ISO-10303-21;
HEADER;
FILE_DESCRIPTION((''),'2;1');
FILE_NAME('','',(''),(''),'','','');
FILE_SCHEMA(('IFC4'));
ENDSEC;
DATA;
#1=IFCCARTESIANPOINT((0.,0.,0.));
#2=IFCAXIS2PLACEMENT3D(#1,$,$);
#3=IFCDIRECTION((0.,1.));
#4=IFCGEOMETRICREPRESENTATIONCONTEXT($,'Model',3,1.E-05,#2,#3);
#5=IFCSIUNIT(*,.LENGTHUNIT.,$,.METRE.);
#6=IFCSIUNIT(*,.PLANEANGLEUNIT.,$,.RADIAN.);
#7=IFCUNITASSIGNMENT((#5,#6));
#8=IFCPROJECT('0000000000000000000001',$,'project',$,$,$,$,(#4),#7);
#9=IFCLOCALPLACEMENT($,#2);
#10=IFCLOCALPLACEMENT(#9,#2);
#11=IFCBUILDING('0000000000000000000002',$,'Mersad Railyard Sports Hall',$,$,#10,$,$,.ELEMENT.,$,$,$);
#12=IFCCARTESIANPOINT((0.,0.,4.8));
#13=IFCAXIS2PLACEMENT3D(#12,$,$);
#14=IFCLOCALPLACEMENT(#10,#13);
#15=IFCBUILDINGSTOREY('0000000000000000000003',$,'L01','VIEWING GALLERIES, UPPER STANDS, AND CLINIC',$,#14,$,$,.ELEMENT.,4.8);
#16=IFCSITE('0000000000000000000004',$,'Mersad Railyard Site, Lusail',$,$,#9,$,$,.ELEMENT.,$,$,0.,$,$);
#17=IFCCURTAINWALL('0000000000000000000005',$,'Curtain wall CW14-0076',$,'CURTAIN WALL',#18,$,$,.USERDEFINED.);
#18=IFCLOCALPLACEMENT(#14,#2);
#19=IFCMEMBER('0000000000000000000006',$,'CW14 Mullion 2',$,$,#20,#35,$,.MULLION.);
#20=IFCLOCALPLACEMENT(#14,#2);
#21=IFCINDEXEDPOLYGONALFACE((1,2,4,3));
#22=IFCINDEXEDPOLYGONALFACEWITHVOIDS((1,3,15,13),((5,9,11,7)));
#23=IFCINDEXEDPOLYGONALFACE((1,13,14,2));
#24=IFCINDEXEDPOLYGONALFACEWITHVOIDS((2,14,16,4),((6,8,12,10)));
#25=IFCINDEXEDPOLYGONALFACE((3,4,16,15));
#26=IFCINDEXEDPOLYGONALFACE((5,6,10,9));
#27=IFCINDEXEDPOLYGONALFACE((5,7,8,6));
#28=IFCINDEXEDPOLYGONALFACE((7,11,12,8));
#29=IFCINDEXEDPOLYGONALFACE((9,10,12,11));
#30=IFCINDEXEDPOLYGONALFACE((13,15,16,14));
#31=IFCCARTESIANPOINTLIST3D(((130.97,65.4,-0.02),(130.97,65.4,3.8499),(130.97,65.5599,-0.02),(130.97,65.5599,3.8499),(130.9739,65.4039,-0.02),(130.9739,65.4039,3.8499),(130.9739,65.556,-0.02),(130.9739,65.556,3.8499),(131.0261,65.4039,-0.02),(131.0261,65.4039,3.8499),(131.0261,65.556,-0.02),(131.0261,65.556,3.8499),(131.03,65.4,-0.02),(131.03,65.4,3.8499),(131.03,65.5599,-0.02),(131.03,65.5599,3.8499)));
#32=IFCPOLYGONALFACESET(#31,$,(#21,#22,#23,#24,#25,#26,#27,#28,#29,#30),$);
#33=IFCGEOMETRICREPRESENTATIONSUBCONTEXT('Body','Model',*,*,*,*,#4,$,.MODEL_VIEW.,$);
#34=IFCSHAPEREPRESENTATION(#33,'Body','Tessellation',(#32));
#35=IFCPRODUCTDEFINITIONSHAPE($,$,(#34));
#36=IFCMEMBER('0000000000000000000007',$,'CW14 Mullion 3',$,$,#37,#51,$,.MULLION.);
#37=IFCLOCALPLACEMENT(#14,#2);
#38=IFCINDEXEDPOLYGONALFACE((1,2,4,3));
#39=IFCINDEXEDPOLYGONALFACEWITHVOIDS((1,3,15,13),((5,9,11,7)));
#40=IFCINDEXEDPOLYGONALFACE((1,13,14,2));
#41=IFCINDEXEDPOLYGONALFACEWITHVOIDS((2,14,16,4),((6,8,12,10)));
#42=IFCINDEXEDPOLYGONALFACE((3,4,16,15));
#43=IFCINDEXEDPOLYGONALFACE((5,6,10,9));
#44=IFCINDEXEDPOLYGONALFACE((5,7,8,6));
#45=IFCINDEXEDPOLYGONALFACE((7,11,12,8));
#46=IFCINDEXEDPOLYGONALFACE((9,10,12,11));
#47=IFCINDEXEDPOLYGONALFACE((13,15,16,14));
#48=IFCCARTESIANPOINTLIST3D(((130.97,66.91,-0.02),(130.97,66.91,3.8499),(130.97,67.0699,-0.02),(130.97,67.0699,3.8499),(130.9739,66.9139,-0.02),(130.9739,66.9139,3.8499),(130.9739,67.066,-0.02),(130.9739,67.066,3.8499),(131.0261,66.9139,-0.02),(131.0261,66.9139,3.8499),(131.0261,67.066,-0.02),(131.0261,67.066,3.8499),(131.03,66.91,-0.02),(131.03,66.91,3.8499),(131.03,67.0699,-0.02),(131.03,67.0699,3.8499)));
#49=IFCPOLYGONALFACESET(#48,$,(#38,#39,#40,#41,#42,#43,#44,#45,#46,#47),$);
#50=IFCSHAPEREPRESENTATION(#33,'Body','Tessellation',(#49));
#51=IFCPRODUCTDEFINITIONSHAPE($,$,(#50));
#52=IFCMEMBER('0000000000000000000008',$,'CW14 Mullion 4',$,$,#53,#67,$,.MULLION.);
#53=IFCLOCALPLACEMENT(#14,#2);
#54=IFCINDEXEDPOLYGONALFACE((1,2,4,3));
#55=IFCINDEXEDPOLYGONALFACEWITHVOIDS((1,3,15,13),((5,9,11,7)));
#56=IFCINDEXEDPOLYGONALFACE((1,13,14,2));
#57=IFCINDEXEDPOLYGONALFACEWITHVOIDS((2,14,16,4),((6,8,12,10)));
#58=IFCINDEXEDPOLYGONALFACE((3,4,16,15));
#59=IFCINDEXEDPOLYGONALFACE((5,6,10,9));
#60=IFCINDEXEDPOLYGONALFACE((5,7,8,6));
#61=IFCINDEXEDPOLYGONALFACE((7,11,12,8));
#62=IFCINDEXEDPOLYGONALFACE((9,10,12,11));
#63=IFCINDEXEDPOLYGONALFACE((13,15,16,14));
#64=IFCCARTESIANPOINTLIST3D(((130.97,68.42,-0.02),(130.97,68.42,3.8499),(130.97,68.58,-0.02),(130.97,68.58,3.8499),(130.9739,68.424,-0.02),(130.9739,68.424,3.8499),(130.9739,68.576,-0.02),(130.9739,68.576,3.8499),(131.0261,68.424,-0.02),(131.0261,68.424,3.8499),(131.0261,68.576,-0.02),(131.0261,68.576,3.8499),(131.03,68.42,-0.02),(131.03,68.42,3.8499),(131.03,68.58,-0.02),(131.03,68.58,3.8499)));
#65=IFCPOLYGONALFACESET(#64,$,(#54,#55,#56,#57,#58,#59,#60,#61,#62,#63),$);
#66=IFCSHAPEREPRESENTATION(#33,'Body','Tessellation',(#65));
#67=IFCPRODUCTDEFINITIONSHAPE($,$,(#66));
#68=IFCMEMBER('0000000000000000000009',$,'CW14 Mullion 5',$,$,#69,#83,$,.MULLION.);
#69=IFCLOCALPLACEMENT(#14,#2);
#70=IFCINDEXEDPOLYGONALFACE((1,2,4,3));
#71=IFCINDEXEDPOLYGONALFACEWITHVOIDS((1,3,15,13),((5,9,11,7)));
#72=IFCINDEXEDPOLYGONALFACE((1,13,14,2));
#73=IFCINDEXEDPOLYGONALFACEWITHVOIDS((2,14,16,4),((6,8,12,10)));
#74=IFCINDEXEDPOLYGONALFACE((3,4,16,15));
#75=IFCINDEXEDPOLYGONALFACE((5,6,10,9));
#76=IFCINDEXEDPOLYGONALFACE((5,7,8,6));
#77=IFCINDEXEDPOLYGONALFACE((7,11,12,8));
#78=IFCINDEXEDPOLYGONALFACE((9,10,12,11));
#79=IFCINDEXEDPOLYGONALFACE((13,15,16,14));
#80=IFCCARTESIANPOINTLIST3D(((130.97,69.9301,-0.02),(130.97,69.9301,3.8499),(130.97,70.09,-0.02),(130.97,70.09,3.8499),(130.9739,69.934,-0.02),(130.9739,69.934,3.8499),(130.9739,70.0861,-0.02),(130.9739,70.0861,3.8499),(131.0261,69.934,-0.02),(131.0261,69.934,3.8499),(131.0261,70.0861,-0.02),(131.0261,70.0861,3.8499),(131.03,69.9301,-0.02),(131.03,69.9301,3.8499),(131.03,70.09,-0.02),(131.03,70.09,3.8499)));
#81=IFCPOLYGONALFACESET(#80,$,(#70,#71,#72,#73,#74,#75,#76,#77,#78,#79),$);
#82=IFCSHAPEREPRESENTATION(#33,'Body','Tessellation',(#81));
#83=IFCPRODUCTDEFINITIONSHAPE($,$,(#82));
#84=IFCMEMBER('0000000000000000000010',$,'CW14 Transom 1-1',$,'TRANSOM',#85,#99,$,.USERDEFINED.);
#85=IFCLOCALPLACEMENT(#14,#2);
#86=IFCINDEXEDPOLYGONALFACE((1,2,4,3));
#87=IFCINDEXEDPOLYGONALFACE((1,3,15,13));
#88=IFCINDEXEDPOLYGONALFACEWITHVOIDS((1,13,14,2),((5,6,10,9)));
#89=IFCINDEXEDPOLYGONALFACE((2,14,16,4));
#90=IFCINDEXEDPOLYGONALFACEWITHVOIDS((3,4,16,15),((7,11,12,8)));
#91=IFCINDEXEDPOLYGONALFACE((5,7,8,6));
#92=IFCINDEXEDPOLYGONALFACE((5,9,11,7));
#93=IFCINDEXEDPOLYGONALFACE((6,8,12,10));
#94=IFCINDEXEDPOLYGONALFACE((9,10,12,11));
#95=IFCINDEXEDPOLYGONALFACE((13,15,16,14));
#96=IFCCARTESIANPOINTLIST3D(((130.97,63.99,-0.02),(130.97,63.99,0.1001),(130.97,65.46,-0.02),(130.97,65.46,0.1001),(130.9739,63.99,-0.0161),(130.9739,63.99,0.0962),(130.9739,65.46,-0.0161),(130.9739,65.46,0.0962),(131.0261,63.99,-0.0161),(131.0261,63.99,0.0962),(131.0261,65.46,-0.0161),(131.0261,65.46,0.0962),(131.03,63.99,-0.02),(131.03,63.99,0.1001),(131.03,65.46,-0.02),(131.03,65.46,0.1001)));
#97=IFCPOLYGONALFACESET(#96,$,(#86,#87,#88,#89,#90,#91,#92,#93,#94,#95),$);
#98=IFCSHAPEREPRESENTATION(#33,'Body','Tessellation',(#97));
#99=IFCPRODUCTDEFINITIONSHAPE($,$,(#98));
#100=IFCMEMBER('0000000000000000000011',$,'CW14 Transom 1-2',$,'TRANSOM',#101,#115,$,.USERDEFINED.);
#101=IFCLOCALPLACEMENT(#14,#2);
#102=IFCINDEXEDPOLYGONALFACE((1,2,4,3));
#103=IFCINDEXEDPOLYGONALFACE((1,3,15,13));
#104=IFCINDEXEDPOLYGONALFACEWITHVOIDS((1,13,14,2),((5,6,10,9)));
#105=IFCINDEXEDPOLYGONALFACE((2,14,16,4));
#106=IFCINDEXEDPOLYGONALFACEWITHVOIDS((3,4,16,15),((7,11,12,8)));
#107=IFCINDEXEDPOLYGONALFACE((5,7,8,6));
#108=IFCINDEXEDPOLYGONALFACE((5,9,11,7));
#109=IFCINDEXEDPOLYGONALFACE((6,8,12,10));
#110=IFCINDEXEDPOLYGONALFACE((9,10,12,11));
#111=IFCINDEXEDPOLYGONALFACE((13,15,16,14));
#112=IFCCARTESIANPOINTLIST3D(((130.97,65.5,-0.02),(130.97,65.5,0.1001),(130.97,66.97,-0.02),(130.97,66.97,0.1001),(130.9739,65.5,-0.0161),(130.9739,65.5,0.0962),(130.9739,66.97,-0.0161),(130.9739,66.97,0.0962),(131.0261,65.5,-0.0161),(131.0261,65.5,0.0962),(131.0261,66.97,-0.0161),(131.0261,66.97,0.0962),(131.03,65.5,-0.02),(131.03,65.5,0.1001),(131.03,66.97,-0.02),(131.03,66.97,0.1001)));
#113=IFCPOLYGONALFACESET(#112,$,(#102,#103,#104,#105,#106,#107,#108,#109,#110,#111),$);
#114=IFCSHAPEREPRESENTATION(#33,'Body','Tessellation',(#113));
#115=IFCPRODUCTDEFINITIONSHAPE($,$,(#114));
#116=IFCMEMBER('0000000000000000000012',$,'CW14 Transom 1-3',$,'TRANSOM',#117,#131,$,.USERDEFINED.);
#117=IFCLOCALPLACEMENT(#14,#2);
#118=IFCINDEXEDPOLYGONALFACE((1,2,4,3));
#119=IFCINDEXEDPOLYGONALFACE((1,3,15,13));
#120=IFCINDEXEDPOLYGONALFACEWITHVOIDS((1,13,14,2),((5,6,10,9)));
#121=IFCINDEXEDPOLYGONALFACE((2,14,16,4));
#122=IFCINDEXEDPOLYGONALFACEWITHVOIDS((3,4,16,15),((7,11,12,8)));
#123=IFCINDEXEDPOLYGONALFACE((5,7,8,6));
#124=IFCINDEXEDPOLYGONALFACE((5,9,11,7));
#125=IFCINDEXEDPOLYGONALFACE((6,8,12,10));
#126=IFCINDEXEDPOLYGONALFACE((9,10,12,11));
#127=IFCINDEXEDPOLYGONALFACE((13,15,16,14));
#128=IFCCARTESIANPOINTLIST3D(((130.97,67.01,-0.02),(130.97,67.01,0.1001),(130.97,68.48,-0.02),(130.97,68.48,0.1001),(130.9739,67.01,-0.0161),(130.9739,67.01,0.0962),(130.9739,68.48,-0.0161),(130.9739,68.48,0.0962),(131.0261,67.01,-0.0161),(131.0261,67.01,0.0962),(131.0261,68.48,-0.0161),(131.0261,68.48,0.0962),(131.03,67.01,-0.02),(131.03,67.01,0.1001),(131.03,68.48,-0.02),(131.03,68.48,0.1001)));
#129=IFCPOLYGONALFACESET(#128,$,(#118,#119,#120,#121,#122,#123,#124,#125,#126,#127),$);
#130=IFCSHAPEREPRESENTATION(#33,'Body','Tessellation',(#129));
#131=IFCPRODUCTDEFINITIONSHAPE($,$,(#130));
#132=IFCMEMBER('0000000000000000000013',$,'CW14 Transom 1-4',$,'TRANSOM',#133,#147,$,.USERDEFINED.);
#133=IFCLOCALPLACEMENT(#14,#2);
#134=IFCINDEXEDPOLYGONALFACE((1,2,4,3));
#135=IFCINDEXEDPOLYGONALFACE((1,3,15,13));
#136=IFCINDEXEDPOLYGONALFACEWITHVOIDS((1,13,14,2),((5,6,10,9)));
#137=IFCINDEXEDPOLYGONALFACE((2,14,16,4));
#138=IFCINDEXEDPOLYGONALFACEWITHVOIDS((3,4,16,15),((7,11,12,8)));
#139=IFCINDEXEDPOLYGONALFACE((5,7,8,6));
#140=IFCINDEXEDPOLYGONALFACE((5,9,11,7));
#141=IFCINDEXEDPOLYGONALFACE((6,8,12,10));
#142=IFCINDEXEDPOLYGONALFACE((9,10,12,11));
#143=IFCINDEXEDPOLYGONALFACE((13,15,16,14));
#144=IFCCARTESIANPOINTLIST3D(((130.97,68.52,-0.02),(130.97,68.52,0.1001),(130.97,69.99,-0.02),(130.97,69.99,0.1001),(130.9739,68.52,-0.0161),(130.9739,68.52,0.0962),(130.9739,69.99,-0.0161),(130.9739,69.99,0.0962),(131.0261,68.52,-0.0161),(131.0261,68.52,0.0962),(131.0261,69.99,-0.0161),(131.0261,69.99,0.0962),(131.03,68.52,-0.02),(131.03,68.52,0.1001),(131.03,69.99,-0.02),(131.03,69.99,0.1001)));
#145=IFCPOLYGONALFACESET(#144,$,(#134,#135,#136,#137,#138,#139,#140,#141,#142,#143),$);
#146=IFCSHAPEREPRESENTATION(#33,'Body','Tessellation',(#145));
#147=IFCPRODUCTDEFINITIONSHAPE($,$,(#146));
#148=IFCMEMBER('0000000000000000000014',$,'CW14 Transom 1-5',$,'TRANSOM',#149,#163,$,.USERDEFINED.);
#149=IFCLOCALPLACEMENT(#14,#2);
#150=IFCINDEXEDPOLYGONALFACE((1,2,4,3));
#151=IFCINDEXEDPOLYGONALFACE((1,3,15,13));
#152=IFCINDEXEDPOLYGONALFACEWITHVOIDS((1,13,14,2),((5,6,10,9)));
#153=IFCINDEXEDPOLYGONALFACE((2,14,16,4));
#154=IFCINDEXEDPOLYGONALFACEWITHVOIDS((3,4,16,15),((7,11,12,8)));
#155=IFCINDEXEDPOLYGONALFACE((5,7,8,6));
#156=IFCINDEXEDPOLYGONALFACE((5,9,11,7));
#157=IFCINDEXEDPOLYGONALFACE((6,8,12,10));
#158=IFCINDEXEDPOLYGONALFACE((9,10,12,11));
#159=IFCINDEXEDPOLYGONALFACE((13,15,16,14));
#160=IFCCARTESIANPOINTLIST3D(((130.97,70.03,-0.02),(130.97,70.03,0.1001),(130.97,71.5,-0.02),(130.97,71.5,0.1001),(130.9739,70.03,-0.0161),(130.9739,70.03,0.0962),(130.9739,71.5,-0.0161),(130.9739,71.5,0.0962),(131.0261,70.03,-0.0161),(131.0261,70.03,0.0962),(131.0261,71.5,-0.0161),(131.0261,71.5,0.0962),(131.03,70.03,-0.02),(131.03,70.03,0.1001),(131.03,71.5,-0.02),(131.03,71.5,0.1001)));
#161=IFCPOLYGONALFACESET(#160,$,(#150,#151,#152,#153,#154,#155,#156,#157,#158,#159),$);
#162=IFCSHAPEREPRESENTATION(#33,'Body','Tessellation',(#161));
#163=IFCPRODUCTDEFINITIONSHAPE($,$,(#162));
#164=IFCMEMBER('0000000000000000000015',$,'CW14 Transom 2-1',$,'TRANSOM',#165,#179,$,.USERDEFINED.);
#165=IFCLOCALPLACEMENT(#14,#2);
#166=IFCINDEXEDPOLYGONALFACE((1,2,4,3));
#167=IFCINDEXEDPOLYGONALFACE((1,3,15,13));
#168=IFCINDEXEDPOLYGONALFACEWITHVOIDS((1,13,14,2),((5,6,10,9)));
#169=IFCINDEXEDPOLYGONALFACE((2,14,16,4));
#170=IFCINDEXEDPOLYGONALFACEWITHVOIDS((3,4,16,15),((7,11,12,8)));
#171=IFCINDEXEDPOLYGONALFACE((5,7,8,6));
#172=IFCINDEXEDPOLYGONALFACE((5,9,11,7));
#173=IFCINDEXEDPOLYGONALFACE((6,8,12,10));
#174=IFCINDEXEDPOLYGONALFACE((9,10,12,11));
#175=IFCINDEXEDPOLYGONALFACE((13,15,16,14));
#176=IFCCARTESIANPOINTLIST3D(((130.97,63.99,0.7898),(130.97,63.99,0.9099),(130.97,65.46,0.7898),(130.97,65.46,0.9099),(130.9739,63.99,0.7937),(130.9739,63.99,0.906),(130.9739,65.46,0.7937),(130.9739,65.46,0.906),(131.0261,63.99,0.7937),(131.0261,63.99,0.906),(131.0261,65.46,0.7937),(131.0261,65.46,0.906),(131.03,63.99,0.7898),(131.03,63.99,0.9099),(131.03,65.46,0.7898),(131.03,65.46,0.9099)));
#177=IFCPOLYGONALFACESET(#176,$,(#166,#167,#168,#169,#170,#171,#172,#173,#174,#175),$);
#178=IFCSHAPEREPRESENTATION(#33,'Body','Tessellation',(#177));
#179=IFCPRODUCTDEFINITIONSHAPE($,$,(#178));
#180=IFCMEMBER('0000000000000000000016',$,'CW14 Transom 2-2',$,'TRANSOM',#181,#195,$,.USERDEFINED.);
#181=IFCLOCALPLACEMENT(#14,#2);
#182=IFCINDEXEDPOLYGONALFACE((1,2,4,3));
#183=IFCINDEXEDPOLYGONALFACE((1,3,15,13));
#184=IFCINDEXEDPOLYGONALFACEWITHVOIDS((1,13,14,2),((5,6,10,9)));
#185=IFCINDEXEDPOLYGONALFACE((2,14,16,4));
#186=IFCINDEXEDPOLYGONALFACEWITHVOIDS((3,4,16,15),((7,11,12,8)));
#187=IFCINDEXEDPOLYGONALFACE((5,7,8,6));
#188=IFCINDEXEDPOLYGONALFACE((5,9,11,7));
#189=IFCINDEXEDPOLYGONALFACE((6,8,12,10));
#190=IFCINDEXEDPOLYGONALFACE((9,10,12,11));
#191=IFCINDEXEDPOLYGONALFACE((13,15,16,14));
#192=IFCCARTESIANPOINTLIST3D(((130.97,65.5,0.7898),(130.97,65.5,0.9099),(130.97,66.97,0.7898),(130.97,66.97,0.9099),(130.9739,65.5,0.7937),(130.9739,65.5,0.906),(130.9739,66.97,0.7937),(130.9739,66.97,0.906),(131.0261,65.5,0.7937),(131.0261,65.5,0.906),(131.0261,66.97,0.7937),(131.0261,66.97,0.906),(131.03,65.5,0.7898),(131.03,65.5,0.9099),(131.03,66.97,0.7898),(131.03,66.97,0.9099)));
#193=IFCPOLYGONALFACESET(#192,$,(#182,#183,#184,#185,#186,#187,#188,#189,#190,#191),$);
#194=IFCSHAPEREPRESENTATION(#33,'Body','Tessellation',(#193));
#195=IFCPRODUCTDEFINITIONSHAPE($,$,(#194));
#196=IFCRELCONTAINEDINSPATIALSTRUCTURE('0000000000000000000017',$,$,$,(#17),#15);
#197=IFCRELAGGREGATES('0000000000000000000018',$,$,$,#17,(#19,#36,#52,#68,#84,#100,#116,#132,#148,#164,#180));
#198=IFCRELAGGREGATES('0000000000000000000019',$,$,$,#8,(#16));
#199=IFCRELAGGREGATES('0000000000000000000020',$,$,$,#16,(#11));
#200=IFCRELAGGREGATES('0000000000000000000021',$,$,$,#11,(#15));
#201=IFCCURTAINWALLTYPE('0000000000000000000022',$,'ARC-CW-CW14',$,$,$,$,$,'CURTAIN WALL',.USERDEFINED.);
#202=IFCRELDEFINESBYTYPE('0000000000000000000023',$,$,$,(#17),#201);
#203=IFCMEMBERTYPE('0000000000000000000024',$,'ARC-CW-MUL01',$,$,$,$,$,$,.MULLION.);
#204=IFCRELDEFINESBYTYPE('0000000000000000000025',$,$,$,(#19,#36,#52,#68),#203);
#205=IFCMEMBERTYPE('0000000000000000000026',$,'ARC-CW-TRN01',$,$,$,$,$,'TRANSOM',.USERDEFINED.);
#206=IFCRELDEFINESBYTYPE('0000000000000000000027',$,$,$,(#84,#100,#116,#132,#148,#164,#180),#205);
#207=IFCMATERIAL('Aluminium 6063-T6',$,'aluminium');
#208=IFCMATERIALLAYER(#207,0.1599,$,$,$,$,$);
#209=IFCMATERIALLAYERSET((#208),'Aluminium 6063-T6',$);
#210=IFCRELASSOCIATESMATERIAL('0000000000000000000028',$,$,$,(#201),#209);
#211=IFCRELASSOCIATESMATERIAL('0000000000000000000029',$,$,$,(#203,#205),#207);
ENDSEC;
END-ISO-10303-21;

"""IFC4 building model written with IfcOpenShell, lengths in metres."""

from ifc_helpers import new_model, si_unit, direction, frame, origin, origin_2d, place, context, subcontext, project, spatial, hollow_rectangle, extrude, material, layer, layer_set, material_profile, profile_set, type_object, element, aggregate, save


model = new_model("IFC4")

# Units and contexts
model_context = context("Model", 3, precision=1e-05, world=origin(), true_north=direction((0.0, 1.0)))
body_context = subcontext(model_context, "Body", "Model", "MODEL_VIEW")
ifc_project = project(units=[si_unit("LENGTHUNIT", "METRE"), si_unit("PLANEANGLEUNIT", "RADIAN")], contexts=[model_context])

# Site, building, storey
site_placement = place(None, origin())
site = spatial("IfcSite", under=ifc_project, at=site_placement, Name="Mersad Railyard Site, Lusail", CompositionType="ELEMENT", RefElevation=0.0)
building_placement = place(site_placement, origin())
building = spatial("IfcBuilding", under=site, at=building_placement, Name="Mersad Railyard Sports Hall", CompositionType="ELEMENT")
storey_placement = place(building_placement, frame((0.0, 0.0, 4.8)))
storey = spatial("IfcBuildingStorey", under=building, at=storey_placement, Name="L01", Description="VIEWING GALLERIES, UPPER STANDS, AND CLINIC", CompositionType="ELEMENT", Elevation=4.8)

# Curtain wall, members
ifc_material_1 = material(Name="Aluminium 6063-T6", Category="aluminium")
ifc_layer_1 = layer(ifc_material_1, 0.1599)
ifc_layer_set_1 = layer_set([ifc_layer_1], Name="Aluminium 6063-T6")
curtain_wall_type = type_object("IfcCurtainWallType", Name="ARC-CW-CW14", ElementType="CURTAIN WALL", PredefinedType="USERDEFINED", material=ifc_layer_set_1)
curtain_wall_placement = place(storey_placement, origin())
curtain_wall = element("IfcCurtainWall", 1, at=curtain_wall_placement, inside=storey, type_object=curtain_wall_type, Name="Curtain wall CW14-0076", ObjectType="CURTAIN WALL", PredefinedType="USERDEFINED")
ifc_material_profile_1 = material_profile(ifc_material_1, hollow_rectangle(XDim=0.0601, YDim=0.1599, WallThickness=0.0039, at=origin_2d()), Name="AL MULLION 60x160x4")
ifc_profile_set_1 = profile_set([ifc_material_profile_1], Name="Aluminium 6063-T6")
member_type_1 = type_object("IfcMemberType", Name="ARC-CW-MUL01", PredefinedType="MULLION", material=ifc_profile_set_1)
member_1_placement = place(storey_placement, frame((131.0, 65.48, -0.02), z_axis=(0.0, 0.0, 1.0), x_axis=(1.0, 0.0, 0.0)))
member_1 = element("IfcMember", 2, at=member_1_placement, type_object=member_type_1, Name="CW14 Mullion 2", PredefinedType="MULLION", context=body_context, shape_type="SweptSolid", body=[
    extrude(hollow_rectangle(XDim=0.0601, YDim=0.1599, WallThickness=0.0039, at=origin_2d()), origin(), (0.0, 0.0, 1.0), 3.8699),
])
member_2_placement = place(storey_placement, frame((131.0, 66.99, -0.02), z_axis=(0.0, 0.0, 1.0), x_axis=(1.0, 0.0, 0.0)))
member_2 = element("IfcMember", 3, at=member_2_placement, type_object=member_type_1, Name="CW14 Mullion 3", PredefinedType="MULLION", context=body_context, shape_type="SweptSolid", body=[
    extrude(hollow_rectangle(XDim=0.0601, YDim=0.1599, WallThickness=0.0039, at=origin_2d()), origin(), (0.0, 0.0, 1.0), 3.8699),
])
member_3_placement = place(storey_placement, frame((131.0, 68.5, -0.02), z_axis=(0.0, 0.0, 1.0), x_axis=(1.0, 0.0, 0.0)))
member_3 = element("IfcMember", 4, at=member_3_placement, type_object=member_type_1, Name="CW14 Mullion 4", PredefinedType="MULLION", context=body_context, shape_type="SweptSolid", body=[
    extrude(hollow_rectangle(XDim=0.0601, YDim=0.1599, WallThickness=0.0039, at=origin_2d()), origin(), (0.0, 0.0, 1.0), 3.8699),
])
member_4_placement = place(storey_placement, frame((131.0, 70.01, -0.02), z_axis=(0.0, 0.0, 1.0), x_axis=(1.0, 0.0, 0.0)))
member_4 = element("IfcMember", 5, at=member_4_placement, type_object=member_type_1, Name="CW14 Mullion 5", PredefinedType="MULLION", context=body_context, shape_type="SweptSolid", body=[
    extrude(hollow_rectangle(XDim=0.0601, YDim=0.1599, WallThickness=0.0039, at=origin_2d()), origin(), (0.0, 0.0, 1.0), 3.8699),
])
ifc_material_profile_2 = material_profile(ifc_material_1, hollow_rectangle(XDim=0.0601, YDim=0.1201, WallThickness=0.0039, at=origin_2d()), Name="AL TRANSOM 60x120x4")
ifc_profile_set_2 = profile_set([ifc_material_profile_2], Name="Aluminium 6063-T6")
member_type_2 = type_object("IfcMemberType", Name="ARC-CW-TRN01", ElementType="TRANSOM", PredefinedType="USERDEFINED", material=ifc_profile_set_2)
member_5_placement = place(storey_placement, frame((131.0, 63.99, 0.04), z_axis=(0.0, 1.0, 0.0), x_axis=(-1.0, 0.0, 0.0)))
member_5 = element("IfcMember", 6, at=member_5_placement, type_object=member_type_2, Name="CW14 Transom 1-1", ObjectType="TRANSOM", PredefinedType="USERDEFINED", context=body_context, shape_type="SweptSolid", body=[
    extrude(hollow_rectangle(XDim=0.0601, YDim=0.1201, WallThickness=0.0039, at=origin_2d()), origin(), (0.0, 0.0, 1.0), 1.47),
])
member_6_placement = place(storey_placement, frame((131.0, 65.5, 0.04), z_axis=(0.0, 1.0, 0.0), x_axis=(-1.0, 0.0, 0.0)))
member_6 = element("IfcMember", 7, at=member_6_placement, type_object=member_type_2, Name="CW14 Transom 1-2", ObjectType="TRANSOM", PredefinedType="USERDEFINED", context=body_context, shape_type="SweptSolid", body=[
    extrude(hollow_rectangle(XDim=0.0601, YDim=0.1201, WallThickness=0.0039, at=origin_2d()), origin(), (0.0, 0.0, 1.0), 1.47),
])
member_7_placement = place(storey_placement, frame((131.0, 67.01, 0.04), z_axis=(0.0, 1.0, 0.0), x_axis=(-1.0, 0.0, 0.0)))
member_7 = element("IfcMember", 8, at=member_7_placement, type_object=member_type_2, Name="CW14 Transom 1-3", ObjectType="TRANSOM", PredefinedType="USERDEFINED", context=body_context, shape_type="SweptSolid", body=[
    extrude(hollow_rectangle(XDim=0.0601, YDim=0.1201, WallThickness=0.0039, at=origin_2d()), origin(), (0.0, 0.0, 1.0), 1.47),
])
member_8_placement = place(storey_placement, frame((131.0, 68.52, 0.04), z_axis=(0.0, 1.0, 0.0), x_axis=(-1.0, 0.0, 0.0)))
member_8 = element("IfcMember", 9, at=member_8_placement, type_object=member_type_2, Name="CW14 Transom 1-4", ObjectType="TRANSOM", PredefinedType="USERDEFINED", context=body_context, shape_type="SweptSolid", body=[
    extrude(hollow_rectangle(XDim=0.0601, YDim=0.1201, WallThickness=0.0039, at=origin_2d()), origin(), (0.0, 0.0, 1.0), 1.47),
])
member_9_placement = place(storey_placement, frame((131.0, 70.03, 0.04), z_axis=(0.0, 1.0, 0.0), x_axis=(-1.0, 0.0, 0.0)))
member_9 = element("IfcMember", 10, at=member_9_placement, type_object=member_type_2, Name="CW14 Transom 1-5", ObjectType="TRANSOM", PredefinedType="USERDEFINED", context=body_context, shape_type="SweptSolid", body=[
    extrude(hollow_rectangle(XDim=0.0601, YDim=0.1201, WallThickness=0.0039, at=origin_2d()), origin(), (0.0, 0.0, 1.0), 1.47),
])
member_10_placement = place(storey_placement, frame((131.0, 63.99, 0.8499), z_axis=(0.0, 1.0, 0.0), x_axis=(-1.0, 0.0, 0.0)))
member_10 = element("IfcMember", 11, at=member_10_placement, type_object=member_type_2, Name="CW14 Transom 2-1", ObjectType="TRANSOM", PredefinedType="USERDEFINED", context=body_context, shape_type="SweptSolid", body=[
    extrude(hollow_rectangle(XDim=0.0601, YDim=0.1201, WallThickness=0.0039, at=origin_2d()), origin(), (0.0, 0.0, 1.0), 1.47),
])
member_11_placement = place(storey_placement, frame((131.0, 65.5, 0.8499), z_axis=(0.0, 1.0, 0.0), x_axis=(-1.0, 0.0, 0.0)))
member_11 = element("IfcMember", 12, at=member_11_placement, type_object=member_type_2, Name="CW14 Transom 2-2", ObjectType="TRANSOM", PredefinedType="USERDEFINED", context=body_context, shape_type="SweptSolid", body=[
    extrude(hollow_rectangle(XDim=0.0601, YDim=0.1201, WallThickness=0.0039, at=origin_2d()), origin(), (0.0, 0.0, 1.0), 1.47),
])
aggregate(curtain_wall, [member_1, member_2, member_3, member_4, member_5, member_6, member_7, member_8, member_9, member_10, member_11])

save(model, "model.ifc")
